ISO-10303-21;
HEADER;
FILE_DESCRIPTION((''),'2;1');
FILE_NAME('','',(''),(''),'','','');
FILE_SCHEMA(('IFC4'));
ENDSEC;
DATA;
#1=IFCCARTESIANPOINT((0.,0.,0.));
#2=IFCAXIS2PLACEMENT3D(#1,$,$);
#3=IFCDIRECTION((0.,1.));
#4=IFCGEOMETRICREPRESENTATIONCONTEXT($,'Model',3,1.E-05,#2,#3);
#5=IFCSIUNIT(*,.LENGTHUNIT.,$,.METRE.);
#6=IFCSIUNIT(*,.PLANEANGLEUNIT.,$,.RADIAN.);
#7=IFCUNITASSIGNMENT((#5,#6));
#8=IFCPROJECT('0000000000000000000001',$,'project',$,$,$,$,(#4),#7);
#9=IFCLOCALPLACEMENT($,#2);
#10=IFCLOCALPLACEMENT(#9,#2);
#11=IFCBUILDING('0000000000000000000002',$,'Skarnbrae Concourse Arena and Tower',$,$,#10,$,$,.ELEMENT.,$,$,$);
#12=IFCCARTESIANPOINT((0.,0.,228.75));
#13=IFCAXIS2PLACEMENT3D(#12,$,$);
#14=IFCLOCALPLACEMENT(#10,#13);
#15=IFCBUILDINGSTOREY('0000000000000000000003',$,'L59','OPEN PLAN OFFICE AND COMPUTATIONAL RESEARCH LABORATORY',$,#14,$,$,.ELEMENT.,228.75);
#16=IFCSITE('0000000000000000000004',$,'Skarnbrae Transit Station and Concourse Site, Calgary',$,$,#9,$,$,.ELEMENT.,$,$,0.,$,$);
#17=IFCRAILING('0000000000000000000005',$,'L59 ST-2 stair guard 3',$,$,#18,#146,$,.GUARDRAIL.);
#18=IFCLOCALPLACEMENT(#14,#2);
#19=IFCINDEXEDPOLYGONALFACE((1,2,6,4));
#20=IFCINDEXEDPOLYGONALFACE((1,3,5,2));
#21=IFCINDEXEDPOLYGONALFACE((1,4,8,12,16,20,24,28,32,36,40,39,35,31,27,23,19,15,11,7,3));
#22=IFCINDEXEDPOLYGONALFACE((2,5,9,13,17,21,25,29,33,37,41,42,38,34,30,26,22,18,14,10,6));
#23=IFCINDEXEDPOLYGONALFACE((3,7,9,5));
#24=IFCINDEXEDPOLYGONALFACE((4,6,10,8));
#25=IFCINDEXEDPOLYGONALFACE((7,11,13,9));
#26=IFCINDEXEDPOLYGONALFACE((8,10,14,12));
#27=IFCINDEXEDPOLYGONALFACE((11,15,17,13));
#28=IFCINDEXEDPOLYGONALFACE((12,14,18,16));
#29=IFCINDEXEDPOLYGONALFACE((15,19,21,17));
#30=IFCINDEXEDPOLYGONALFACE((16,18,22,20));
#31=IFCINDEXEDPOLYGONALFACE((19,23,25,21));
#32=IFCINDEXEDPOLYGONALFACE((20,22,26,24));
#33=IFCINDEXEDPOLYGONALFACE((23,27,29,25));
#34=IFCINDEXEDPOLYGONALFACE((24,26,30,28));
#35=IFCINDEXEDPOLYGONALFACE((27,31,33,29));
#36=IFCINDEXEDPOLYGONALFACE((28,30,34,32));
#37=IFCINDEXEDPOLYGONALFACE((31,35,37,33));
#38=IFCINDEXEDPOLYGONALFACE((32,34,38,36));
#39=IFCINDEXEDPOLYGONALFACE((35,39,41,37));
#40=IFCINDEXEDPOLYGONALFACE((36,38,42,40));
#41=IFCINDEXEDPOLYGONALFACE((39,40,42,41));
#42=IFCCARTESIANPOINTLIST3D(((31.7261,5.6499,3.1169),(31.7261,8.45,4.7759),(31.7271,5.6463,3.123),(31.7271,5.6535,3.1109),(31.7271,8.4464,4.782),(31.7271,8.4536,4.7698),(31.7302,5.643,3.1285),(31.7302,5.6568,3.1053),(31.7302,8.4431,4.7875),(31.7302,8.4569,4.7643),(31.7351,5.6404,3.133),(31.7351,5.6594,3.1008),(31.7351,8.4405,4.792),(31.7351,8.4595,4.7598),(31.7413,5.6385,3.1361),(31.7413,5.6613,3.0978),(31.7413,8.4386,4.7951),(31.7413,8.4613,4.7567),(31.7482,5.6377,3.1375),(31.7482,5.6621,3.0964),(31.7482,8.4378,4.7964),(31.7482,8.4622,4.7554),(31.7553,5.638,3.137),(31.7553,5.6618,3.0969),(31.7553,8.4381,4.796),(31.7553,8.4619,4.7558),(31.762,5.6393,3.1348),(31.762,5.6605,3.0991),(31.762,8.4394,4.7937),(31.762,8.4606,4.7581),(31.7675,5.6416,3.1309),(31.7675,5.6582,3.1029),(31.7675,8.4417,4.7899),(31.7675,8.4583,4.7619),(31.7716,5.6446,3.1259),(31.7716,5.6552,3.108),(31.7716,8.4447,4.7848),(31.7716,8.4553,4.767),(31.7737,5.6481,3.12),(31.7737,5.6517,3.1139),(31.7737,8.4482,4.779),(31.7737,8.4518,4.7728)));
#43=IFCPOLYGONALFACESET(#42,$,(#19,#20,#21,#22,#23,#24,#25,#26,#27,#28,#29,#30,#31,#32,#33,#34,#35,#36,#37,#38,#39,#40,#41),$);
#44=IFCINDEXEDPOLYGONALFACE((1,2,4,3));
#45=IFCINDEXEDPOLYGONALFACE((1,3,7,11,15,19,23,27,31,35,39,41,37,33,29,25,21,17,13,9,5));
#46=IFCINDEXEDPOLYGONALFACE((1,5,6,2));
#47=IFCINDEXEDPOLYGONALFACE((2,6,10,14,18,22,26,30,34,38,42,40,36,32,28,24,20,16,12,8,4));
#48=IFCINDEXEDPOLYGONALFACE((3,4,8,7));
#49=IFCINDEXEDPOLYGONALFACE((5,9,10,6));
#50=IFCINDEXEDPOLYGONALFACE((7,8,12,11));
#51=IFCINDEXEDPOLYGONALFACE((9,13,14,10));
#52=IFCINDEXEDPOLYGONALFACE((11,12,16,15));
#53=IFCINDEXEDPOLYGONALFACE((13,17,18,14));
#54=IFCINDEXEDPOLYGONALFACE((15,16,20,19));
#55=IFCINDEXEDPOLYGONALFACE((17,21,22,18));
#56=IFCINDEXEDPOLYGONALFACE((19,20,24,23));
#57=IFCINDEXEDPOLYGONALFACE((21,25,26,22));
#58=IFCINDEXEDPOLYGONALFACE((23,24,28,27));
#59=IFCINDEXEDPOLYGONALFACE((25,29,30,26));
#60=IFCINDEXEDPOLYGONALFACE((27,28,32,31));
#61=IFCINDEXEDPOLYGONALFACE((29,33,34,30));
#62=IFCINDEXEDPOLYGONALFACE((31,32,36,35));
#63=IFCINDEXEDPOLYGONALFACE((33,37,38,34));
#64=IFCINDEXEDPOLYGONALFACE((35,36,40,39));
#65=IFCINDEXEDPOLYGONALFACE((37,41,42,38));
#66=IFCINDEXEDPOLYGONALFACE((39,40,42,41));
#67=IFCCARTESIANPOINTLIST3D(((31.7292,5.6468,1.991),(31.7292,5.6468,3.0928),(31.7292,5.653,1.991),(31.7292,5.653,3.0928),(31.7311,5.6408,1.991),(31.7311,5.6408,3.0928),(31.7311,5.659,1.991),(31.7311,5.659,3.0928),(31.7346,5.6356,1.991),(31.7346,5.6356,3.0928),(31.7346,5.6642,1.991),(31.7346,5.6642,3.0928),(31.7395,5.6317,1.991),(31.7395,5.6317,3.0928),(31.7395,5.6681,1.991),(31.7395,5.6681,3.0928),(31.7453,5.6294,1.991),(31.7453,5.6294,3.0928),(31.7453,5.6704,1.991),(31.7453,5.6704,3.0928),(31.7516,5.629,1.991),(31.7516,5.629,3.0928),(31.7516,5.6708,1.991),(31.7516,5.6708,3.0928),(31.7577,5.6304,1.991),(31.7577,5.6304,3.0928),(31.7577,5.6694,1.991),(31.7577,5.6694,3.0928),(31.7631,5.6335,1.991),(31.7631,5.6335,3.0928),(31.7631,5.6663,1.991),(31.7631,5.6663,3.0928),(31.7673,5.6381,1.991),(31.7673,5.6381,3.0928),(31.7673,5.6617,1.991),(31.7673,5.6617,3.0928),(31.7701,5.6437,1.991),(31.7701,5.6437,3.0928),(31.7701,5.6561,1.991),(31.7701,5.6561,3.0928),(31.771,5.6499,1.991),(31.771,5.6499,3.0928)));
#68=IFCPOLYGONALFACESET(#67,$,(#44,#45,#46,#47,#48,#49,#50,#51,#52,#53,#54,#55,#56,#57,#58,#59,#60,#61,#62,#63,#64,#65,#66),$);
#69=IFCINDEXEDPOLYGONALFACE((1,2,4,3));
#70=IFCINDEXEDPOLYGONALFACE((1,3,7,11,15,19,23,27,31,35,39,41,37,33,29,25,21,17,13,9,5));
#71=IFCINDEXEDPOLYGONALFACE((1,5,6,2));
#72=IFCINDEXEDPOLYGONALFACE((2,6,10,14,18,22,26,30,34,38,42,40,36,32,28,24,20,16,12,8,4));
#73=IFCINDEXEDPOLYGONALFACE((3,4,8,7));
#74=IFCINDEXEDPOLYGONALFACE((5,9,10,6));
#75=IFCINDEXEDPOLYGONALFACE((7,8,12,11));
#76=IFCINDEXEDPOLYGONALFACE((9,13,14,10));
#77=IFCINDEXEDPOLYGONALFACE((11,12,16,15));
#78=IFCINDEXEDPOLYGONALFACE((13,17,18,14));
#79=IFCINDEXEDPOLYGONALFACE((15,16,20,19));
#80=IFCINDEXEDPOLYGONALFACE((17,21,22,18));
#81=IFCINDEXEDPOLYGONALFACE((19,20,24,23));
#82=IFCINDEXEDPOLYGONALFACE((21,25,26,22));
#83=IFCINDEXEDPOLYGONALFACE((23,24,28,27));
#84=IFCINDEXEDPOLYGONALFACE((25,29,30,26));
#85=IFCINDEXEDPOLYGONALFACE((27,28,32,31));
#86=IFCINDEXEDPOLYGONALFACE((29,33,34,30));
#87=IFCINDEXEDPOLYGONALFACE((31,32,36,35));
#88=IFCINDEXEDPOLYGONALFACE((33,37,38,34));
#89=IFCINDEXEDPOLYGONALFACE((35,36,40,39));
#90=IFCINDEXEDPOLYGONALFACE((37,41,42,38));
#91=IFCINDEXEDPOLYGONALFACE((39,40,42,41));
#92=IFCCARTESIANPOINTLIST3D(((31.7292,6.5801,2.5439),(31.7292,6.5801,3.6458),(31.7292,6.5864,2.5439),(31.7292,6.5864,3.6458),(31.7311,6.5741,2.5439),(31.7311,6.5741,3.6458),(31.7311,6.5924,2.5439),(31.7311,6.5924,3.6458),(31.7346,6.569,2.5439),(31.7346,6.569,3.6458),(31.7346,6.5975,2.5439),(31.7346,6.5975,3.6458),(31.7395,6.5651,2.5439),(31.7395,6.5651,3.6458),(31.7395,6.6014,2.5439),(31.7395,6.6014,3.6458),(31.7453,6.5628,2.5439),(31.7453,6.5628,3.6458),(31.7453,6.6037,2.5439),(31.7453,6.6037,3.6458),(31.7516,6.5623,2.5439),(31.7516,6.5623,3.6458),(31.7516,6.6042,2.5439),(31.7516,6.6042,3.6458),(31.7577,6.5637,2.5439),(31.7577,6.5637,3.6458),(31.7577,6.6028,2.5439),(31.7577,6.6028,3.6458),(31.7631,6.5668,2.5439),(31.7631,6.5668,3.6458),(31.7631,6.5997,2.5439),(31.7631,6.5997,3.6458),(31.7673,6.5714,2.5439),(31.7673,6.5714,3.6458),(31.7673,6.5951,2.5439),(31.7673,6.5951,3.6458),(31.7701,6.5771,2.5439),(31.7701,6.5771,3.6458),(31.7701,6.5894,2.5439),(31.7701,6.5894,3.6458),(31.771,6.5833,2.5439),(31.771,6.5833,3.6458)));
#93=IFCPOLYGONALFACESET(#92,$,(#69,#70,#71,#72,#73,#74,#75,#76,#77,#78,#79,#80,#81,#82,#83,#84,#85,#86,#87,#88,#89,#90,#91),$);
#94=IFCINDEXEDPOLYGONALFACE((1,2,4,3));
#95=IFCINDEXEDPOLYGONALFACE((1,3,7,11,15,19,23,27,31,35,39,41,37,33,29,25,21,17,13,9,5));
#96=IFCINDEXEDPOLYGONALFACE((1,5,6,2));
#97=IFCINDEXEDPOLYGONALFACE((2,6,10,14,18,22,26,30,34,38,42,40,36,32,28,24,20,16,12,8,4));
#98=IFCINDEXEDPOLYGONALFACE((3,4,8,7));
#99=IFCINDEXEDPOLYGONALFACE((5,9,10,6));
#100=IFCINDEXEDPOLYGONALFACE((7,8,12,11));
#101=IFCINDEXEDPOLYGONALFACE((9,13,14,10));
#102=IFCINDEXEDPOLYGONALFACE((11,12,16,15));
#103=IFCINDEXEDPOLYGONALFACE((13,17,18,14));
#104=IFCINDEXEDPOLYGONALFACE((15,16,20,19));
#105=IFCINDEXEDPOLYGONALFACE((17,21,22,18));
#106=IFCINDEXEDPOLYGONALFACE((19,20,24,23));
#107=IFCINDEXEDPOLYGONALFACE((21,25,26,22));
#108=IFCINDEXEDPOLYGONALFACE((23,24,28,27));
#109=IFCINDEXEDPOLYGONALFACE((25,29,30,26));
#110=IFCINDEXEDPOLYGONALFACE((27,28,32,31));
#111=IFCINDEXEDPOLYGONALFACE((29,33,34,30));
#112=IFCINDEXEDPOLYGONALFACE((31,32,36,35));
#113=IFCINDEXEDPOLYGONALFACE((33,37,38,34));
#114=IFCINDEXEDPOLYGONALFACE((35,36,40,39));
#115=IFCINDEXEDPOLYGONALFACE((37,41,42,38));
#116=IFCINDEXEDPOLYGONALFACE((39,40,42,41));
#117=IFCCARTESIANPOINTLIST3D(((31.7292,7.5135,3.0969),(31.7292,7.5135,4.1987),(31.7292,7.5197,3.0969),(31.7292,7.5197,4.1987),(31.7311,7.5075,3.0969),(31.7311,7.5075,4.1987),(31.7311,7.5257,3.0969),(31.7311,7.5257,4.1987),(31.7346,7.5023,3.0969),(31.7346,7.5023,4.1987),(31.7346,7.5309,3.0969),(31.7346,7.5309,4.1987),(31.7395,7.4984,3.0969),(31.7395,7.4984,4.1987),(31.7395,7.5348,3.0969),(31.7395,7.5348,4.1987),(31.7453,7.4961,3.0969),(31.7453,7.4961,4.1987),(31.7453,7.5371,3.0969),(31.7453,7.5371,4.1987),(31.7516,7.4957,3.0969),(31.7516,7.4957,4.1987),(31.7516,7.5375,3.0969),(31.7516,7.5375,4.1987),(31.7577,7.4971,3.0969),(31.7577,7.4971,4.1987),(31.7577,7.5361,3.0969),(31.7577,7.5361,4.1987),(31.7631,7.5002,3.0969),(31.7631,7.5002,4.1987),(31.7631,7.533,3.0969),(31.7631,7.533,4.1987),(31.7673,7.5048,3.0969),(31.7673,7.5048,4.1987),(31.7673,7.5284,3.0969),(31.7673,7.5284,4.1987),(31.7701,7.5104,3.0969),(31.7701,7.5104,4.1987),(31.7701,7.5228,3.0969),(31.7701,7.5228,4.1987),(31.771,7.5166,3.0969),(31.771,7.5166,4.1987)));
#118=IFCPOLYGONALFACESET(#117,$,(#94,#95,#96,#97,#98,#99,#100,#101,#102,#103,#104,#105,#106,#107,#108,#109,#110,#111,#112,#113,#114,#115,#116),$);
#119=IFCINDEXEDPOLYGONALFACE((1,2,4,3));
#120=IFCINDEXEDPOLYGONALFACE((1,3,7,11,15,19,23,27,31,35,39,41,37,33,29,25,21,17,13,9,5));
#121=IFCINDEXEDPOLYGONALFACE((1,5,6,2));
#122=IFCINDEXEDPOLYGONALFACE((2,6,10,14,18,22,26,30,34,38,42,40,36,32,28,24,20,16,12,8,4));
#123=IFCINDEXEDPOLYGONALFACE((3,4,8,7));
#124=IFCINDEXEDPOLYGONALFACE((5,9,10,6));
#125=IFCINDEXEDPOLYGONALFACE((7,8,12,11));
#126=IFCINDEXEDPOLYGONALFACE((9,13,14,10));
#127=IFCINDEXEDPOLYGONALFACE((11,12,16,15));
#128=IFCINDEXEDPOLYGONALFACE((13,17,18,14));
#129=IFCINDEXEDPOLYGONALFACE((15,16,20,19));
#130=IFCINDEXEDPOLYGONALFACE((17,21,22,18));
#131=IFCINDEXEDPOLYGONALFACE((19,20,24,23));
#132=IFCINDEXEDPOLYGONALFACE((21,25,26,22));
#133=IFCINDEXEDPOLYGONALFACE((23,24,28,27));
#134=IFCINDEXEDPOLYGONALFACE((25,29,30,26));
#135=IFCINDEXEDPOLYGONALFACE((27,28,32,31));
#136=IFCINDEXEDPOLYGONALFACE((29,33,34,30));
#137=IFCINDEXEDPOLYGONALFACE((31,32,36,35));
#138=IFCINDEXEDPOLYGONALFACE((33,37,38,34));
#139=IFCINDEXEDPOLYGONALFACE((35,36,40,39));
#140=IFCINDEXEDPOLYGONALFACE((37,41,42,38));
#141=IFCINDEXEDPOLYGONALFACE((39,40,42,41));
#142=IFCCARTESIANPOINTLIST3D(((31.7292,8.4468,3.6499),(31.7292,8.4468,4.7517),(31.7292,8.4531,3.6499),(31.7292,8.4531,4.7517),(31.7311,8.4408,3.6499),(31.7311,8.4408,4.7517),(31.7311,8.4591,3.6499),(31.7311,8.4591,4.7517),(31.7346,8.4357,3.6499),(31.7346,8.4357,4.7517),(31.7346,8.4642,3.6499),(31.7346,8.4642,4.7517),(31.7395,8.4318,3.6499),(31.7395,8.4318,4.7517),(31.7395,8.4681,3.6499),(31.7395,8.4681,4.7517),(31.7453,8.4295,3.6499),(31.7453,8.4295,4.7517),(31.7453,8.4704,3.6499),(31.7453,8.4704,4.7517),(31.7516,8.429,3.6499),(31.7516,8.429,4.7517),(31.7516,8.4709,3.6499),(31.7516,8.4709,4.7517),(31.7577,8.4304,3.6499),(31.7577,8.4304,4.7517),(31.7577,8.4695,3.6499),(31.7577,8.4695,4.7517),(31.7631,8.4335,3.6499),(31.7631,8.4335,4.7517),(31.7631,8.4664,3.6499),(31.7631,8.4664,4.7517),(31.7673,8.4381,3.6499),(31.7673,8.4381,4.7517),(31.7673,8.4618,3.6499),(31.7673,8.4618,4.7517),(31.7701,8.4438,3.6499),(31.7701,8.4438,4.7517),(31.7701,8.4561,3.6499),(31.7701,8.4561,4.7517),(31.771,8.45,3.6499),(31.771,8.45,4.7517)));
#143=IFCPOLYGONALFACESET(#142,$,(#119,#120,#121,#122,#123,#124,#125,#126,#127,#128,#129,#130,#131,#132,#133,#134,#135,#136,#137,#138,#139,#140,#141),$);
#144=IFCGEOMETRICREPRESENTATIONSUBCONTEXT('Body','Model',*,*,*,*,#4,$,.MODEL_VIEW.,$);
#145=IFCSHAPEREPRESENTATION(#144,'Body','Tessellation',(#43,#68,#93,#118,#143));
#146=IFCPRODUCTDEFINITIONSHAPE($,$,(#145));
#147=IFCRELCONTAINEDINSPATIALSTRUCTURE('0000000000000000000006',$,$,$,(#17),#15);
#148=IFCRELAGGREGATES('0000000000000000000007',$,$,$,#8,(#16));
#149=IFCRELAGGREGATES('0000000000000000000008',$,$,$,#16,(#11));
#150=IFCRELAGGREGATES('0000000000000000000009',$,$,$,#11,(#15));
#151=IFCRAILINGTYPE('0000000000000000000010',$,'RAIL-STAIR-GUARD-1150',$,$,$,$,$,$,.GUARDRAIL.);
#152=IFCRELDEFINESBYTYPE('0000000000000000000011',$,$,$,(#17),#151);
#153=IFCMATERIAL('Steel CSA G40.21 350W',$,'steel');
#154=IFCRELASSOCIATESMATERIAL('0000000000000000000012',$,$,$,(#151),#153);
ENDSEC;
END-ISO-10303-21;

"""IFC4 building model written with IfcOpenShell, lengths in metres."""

from ifc_helpers import new_model, si_unit, direction, frame, origin, origin_2d, place, context, subcontext, project, spatial, circle, extrude, material, type_object, element, save


model = new_model("IFC4")

# Units and contexts
model_context = context("Model", 3, precision=1e-05, world=origin(), true_north=direction((0.0, 1.0)))
body_context = subcontext(model_context, "Body", "Model", "MODEL_VIEW")
ifc_project = project(units=[si_unit("LENGTHUNIT", "METRE"), si_unit("PLANEANGLEUNIT", "RADIAN")], contexts=[model_context])

# Site, building, storey
site_placement = place(None, origin())
site = spatial("IfcSite", under=ifc_project, at=site_placement, Name="Skarnbrae Transit Station and Concourse Site, Calgary", CompositionType="ELEMENT", RefElevation=0.0)
building_placement = place(site_placement, origin())
building = spatial("IfcBuilding", under=site, at=building_placement, Name="Skarnbrae Concourse Arena and Tower", CompositionType="ELEMENT")
storey_placement = place(building_placement, frame((0.0, 0.0, 228.75)))
storey = spatial("IfcBuildingStorey", under=building, at=storey_placement, Name="L59", Description="OPEN PLAN OFFICE AND COMPUTATIONAL RESEARCH LABORATORY", CompositionType="ELEMENT", Elevation=228.75)

# Shared definitions
ifc_material_1 = material(Name="Steel CSA G40.21 350W", Category="steel")

# Railing
railing_type_1 = type_object("IfcRailingType", Name="RAIL-STAIR-GUARD-1150", PredefinedType="GUARDRAIL", material=ifc_material_1)
railing_1_placement = place(storey_placement, frame((31.75, 5.6499, 1.991)))
element("IfcRailing", 1, at=railing_1_placement, inside=storey, type_object=railing_type_1, Name="L59 ST-2 stair guard 3", PredefinedType="GUARDRAIL", context=body_context, shape_type="SweptSolid", body=[
    extrude(circle(Radius=0.0239, at=origin_2d()), frame((0.0, 0.0, 1.126), z_axis=(0.0, 0.860339, 0.509722), x_axis=(-1.0, 0.0, 0.0)), (0.0, 0.0, 1.0), 3.2546),
    extrude(circle(Radius=0.021, at=origin_2d()), origin(), (0.0, 0.0, 1.0), 1.1018),
    extrude(circle(Radius=0.021, at=origin_2d()), frame((0.0, 0.9333, 0.553)), (0.0, 0.0, 1.0), 1.1018),
    extrude(circle(Radius=0.021, at=origin_2d()), frame((0.0, 1.8667, 1.106)), (0.0, 0.0, 1.0), 1.1018),
    extrude(circle(Radius=0.021, at=origin_2d()), frame((0.0, 2.8, 1.6589)), (0.0, 0.0, 1.0), 1.1018),
])

save(model, "model.ifc")
